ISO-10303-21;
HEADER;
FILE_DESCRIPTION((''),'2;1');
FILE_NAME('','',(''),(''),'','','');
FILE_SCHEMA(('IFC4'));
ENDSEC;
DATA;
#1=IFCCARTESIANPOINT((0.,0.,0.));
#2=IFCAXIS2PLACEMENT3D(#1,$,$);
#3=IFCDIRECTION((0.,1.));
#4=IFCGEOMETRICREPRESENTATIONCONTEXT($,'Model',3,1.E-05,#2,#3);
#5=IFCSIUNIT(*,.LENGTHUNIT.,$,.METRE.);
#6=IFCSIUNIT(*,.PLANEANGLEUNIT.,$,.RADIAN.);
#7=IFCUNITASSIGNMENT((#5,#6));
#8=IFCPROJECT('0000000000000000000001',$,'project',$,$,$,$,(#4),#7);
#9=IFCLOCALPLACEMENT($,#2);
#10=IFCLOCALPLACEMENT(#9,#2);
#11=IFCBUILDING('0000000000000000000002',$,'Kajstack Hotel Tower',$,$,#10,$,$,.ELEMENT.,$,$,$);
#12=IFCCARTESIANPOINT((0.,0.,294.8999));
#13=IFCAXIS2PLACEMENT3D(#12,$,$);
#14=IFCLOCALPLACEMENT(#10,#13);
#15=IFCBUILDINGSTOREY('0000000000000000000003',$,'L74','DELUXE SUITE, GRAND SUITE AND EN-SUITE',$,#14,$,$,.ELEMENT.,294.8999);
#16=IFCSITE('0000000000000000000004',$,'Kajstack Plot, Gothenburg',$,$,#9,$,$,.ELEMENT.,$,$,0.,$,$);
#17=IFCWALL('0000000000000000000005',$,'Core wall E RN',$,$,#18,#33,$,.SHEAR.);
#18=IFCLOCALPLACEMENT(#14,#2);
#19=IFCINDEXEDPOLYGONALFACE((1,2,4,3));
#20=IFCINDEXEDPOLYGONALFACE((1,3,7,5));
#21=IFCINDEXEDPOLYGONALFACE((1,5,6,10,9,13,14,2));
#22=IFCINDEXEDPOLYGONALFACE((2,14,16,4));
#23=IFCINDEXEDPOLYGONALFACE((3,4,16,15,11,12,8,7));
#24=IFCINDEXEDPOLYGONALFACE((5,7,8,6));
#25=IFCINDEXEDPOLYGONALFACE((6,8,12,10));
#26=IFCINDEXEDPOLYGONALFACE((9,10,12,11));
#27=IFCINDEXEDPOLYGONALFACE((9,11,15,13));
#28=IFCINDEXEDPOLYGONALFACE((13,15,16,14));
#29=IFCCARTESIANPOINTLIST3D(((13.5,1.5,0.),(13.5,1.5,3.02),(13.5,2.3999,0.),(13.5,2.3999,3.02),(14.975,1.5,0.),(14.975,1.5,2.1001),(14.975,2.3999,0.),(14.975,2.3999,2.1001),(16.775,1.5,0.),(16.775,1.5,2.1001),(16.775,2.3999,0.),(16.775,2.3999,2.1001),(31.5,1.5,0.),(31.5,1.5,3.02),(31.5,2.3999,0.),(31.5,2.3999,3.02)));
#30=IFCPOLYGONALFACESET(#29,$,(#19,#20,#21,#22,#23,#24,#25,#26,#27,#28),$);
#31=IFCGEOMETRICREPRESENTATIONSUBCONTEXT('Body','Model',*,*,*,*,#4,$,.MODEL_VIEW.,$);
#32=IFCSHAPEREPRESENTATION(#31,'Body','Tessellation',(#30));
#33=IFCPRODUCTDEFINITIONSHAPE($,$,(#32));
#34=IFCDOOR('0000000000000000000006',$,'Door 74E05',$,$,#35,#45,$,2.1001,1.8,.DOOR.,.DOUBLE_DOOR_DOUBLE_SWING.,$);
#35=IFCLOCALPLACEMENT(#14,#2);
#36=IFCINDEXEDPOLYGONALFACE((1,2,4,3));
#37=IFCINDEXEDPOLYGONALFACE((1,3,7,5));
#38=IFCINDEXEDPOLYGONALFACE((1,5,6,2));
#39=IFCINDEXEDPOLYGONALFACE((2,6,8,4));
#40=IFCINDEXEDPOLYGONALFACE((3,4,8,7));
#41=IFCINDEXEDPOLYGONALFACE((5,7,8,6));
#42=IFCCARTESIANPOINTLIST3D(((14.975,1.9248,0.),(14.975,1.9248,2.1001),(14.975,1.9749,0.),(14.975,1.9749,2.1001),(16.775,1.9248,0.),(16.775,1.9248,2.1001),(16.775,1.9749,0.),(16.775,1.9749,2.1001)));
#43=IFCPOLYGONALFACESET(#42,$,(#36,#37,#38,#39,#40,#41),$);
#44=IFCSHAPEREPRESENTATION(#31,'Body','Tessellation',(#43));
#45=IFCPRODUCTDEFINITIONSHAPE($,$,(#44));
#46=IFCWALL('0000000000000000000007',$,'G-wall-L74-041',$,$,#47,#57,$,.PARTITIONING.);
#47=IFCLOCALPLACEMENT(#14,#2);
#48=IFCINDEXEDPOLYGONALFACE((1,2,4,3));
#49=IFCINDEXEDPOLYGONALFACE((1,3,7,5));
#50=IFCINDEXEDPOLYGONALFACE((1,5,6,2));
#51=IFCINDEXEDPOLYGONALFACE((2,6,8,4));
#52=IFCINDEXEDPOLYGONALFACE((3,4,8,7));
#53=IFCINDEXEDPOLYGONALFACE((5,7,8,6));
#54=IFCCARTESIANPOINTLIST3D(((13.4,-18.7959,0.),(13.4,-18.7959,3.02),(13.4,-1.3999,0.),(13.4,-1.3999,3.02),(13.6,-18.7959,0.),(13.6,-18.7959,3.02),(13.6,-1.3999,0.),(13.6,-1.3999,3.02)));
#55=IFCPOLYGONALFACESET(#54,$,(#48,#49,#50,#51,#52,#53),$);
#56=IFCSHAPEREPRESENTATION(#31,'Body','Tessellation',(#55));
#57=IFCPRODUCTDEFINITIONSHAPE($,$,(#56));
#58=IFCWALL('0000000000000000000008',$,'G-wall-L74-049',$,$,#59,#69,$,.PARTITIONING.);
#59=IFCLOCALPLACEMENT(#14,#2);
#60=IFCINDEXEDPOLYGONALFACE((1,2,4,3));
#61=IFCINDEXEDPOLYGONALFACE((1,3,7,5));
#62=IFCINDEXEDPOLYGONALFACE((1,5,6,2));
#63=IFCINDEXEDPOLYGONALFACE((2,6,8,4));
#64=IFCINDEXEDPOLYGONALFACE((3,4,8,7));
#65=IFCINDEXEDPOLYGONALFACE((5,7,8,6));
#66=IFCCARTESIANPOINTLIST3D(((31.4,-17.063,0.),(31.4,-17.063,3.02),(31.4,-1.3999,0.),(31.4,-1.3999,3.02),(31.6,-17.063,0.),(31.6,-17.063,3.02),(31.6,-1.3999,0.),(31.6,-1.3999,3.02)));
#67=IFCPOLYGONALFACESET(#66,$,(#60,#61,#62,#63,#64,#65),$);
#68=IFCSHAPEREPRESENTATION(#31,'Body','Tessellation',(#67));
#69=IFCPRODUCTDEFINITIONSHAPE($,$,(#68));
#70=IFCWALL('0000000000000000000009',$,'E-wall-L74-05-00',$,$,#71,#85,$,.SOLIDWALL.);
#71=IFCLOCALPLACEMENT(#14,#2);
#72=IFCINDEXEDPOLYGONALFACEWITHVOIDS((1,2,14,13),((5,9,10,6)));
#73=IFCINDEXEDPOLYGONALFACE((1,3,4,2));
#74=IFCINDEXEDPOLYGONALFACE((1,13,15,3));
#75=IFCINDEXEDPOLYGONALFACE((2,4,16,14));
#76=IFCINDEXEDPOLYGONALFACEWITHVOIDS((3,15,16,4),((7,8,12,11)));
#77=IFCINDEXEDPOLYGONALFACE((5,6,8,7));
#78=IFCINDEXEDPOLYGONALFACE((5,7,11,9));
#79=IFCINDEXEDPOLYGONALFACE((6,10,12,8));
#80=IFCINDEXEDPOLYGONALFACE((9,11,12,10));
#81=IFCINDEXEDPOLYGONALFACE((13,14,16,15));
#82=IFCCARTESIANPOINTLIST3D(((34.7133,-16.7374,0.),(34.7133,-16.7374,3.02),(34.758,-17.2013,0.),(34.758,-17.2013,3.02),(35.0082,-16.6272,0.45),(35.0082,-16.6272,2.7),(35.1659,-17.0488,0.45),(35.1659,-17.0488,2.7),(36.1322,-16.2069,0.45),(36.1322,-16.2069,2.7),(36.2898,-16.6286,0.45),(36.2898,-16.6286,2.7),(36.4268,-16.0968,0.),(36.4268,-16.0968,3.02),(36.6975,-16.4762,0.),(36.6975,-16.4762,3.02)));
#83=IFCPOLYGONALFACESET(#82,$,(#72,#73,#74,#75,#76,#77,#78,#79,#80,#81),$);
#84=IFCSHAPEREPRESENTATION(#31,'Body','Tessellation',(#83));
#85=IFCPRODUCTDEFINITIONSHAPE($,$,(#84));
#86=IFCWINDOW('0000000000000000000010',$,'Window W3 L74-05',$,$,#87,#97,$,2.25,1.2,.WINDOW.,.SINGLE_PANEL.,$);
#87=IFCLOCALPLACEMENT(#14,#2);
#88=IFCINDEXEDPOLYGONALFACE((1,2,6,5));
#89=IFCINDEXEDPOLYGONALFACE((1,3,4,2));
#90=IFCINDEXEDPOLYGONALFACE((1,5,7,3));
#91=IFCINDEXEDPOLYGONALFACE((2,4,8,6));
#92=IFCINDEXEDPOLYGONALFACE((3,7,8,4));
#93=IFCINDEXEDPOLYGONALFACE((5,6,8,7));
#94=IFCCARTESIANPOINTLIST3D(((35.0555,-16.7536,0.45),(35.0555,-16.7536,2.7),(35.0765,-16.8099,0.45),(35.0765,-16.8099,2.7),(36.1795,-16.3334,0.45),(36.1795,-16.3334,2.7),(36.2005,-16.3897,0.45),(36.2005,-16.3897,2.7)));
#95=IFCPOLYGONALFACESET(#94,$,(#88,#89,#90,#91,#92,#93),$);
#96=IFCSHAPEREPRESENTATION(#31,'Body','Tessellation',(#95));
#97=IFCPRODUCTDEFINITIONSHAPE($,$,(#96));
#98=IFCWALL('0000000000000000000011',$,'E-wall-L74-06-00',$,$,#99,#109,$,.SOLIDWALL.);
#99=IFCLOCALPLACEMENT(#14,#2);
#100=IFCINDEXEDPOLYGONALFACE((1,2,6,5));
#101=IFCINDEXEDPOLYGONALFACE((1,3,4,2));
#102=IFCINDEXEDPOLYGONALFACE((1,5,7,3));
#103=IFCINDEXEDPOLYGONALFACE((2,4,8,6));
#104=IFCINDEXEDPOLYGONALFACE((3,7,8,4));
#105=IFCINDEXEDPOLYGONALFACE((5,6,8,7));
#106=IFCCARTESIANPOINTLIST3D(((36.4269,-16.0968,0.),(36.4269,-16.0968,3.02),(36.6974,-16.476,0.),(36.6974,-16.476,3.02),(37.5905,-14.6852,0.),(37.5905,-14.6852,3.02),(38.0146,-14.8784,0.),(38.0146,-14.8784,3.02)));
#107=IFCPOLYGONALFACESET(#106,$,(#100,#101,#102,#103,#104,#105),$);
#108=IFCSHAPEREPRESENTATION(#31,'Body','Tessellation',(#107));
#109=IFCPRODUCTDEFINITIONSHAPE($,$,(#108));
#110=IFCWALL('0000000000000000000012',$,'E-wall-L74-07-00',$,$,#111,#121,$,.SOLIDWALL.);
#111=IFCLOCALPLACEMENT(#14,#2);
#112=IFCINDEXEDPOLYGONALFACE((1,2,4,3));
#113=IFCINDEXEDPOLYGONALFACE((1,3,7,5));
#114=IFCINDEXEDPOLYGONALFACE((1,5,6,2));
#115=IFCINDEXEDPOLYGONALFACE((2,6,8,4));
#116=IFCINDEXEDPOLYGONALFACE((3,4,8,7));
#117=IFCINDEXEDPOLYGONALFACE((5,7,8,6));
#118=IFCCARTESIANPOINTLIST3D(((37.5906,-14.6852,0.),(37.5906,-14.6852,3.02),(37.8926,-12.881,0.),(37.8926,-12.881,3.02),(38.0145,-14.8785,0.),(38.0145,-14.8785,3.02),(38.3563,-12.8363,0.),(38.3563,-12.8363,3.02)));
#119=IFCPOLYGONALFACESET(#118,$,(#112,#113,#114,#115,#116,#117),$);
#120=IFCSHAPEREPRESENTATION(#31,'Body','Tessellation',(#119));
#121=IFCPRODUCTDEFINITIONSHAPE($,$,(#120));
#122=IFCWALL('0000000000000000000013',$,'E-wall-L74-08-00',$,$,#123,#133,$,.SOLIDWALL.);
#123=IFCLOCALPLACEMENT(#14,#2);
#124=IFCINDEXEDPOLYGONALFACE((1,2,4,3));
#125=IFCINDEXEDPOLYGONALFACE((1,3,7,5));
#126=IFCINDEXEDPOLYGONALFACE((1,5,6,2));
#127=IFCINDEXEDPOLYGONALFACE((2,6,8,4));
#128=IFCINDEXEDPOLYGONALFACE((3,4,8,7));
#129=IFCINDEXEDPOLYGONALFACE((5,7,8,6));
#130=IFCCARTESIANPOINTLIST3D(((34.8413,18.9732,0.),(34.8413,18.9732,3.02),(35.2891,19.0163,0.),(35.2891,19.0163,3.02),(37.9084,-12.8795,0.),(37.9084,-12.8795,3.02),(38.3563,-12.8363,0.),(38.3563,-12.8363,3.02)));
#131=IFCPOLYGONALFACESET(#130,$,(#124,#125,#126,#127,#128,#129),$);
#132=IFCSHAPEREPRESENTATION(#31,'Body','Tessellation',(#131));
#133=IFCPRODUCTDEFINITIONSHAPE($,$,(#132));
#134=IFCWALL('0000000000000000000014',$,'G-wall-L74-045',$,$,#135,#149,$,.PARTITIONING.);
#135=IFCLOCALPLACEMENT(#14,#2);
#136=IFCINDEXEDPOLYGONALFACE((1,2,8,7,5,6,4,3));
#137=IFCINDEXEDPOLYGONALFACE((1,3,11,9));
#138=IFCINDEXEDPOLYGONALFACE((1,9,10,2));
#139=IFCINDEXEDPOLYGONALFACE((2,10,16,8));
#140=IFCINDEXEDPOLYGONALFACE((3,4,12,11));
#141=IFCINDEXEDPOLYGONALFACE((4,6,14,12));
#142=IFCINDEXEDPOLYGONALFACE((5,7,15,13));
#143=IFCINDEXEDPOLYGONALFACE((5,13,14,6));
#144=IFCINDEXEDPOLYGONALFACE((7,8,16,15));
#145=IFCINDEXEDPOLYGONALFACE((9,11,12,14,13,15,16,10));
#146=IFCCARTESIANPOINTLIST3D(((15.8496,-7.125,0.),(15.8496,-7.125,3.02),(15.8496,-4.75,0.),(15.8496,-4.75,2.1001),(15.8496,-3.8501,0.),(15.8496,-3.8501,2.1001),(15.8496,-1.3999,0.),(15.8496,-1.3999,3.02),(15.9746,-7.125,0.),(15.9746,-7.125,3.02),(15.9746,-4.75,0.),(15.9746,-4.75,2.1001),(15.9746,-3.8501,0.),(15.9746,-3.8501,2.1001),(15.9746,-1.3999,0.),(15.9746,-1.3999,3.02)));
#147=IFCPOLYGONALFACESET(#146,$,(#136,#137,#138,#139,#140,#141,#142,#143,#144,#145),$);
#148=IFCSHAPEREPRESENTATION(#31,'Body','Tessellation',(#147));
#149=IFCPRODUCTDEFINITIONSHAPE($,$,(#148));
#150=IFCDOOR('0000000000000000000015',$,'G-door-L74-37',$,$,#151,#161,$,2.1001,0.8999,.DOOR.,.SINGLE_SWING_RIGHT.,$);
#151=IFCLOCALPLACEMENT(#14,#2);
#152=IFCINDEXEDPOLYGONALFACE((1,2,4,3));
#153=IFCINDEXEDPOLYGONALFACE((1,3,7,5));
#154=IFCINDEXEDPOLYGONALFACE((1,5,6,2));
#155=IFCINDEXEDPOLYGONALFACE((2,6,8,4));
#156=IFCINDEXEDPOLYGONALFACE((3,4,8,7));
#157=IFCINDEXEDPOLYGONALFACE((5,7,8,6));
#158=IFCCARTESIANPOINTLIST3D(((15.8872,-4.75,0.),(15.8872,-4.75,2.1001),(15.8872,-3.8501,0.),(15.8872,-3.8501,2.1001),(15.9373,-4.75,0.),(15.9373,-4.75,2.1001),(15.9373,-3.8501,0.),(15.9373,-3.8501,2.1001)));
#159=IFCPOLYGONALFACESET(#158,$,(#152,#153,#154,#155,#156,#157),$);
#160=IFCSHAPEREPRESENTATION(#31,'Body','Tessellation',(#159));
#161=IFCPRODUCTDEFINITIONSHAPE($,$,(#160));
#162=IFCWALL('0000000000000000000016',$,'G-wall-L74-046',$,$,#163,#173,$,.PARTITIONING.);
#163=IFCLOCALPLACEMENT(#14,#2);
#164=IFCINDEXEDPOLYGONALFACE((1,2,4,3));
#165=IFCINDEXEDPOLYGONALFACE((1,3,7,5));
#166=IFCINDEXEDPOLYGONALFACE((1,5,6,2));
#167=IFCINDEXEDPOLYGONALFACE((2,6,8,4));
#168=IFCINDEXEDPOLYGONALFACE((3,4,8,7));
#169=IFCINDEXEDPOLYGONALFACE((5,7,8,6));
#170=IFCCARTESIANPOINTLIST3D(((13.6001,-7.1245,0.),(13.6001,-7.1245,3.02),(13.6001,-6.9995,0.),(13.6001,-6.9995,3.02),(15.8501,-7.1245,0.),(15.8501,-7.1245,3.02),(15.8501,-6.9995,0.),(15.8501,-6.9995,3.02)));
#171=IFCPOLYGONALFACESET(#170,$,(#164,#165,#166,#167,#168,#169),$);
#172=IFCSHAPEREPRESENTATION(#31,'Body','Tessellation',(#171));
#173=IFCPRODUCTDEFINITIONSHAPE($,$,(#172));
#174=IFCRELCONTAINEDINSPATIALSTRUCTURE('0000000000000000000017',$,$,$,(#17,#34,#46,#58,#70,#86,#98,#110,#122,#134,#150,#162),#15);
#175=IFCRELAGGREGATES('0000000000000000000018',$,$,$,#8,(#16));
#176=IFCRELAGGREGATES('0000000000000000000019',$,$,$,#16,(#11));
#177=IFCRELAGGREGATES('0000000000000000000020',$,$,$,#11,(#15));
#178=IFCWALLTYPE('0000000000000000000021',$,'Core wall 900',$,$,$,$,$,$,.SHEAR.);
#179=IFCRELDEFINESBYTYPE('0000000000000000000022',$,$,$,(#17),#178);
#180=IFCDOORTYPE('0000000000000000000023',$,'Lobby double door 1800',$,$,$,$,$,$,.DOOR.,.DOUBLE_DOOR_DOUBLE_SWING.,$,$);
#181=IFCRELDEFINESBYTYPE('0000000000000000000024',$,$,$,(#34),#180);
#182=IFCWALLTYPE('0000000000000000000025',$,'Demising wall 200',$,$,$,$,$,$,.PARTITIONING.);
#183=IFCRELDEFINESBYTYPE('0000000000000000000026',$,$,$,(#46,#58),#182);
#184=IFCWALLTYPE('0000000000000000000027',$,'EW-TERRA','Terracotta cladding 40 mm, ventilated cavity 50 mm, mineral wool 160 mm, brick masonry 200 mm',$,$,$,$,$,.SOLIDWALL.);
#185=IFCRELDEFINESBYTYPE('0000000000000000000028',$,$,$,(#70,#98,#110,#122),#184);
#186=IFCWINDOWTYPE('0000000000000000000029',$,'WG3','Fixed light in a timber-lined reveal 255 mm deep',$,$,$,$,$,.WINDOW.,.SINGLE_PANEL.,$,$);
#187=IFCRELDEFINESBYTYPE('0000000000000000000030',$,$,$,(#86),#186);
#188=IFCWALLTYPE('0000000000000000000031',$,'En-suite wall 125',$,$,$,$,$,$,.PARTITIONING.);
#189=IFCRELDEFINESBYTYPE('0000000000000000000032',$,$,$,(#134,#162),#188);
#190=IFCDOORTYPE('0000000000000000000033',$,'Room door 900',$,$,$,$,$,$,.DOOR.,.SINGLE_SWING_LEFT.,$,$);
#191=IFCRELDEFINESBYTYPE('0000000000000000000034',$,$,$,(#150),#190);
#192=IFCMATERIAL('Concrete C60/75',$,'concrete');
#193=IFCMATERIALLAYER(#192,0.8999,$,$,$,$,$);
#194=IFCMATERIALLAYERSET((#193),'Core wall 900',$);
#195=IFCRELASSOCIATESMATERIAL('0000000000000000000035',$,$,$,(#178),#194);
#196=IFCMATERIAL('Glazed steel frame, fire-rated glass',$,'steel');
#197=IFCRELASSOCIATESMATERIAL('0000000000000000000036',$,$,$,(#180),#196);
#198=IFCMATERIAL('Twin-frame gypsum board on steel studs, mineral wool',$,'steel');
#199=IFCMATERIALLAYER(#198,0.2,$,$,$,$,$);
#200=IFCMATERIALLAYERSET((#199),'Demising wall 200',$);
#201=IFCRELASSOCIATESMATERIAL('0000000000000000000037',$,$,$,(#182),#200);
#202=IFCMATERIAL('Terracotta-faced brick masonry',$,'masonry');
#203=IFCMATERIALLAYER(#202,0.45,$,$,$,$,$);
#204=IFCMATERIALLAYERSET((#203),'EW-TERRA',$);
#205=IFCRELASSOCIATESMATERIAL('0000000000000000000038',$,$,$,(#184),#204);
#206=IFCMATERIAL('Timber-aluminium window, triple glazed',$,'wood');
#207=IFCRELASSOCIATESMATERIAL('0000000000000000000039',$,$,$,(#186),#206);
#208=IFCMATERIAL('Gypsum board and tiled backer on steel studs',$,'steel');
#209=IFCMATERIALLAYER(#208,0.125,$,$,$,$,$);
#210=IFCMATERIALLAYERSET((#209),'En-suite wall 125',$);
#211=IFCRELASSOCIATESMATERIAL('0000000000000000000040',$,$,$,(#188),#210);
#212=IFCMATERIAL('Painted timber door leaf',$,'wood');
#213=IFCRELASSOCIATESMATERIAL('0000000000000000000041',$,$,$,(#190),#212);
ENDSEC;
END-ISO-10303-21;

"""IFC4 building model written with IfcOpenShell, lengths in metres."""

from ifc_helpers import new_model, si_unit, direction, frame, frame_2d, origin, place, context, subcontext, project, spatial, polyline, rectangle, outline, extrude, material, layer, layer_set, type_object, element, fill, save


model = new_model("IFC4")

# Units and contexts
model_context = context("Model", 3, precision=1e-05, world=origin(), true_north=direction((0.0, 1.0)))
body_context = subcontext(model_context, "Body", "Model", "MODEL_VIEW")
ifc_project = project(units=[si_unit("LENGTHUNIT", "METRE"), si_unit("PLANEANGLEUNIT", "RADIAN")], contexts=[model_context])

# Site, building, storey
site_placement = place(None, origin())
site = spatial("IfcSite", under=ifc_project, at=site_placement, Name="Kajstack Plot, Gothenburg", CompositionType="ELEMENT", RefElevation=0.0)
building_placement = place(site_placement, origin())
building = spatial("IfcBuilding", under=site, at=building_placement, Name="Kajstack Hotel Tower", CompositionType="ELEMENT")
storey_placement = place(building_placement, frame((0.0, 0.0, 294.8999)))
storey = spatial("IfcBuildingStorey", under=building, at=storey_placement, Name="L74", Description="DELUXE SUITE, GRAND SUITE AND EN-SUITE", CompositionType="ELEMENT", Elevation=294.8999)

# Wall, opening, door
ifc_material_1 = material(Name="Concrete C60/75", Category="concrete")
ifc_layer_1 = layer(ifc_material_1, 0.8999)
ifc_layer_set_1 = layer_set([ifc_layer_1], Name="Core wall 900")
wall_type_1 = type_object("IfcWallType", Name="Core wall 900", PredefinedType="SHEAR", material=ifc_layer_set_1)
wall_1_placement = place(storey_placement, frame((13.5, 1.95, 0.0), z_axis=(0.0, 0.0, 1.0), x_axis=(1.0, 0.0, 0.0)))
wall_1 = element("IfcWall", 1, at=wall_1_placement, inside=storey, type_object=wall_type_1, Name="Core wall E RN", PredefinedType="SHEAR", context=body_context, shape_type="SweptSolid", body=[
    extrude(rectangle(XDim=18.0, YDim=0.8999, at=frame_2d((9.0, 0.0))), origin(), (0.0, 0.0, 1.0), 3.02),
])
opening_1_placement = place(wall_1_placement, frame((1.4751, 0.0, 0.0)))
opening_1 = element("IfcOpeningElement", 2, at=opening_1_placement, cuts=wall_1, PredefinedType="OPENING", context=body_context, shape_type="SweptSolid", body=[
    extrude(rectangle(XDim=1.8, YDim=2.1001, at=frame_2d((0.8999, 1.05))), frame((0.0, 0.46, 0.0), z_axis=(0.0, -1.0, 0.0), x_axis=(1.0, 0.0, 0.0)), (0.0, 0.0, 1.0), 0.9199),
])
ifc_material_2 = material(Name="Glazed steel frame, fire-rated glass", Category="steel")
door_type_1 = type_object("IfcDoorType", Name="Lobby double door 1800", OperationType="DOUBLE_DOOR_DOUBLE_SWING", PredefinedType="DOOR", material=ifc_material_2)
door_1_placement = place(opening_1_placement, origin())
door_1 = element("IfcDoor", 3, at=door_1_placement, inside=storey, type_object=door_type_1, Name="Door 74E05", OperationType="DOUBLE_DOOR_DOUBLE_SWING", OverallHeight=2.1001, OverallWidth=1.8, PredefinedType="DOOR", context=body_context, shape_type="SweptSolid", body=[
    extrude(rectangle(XDim=1.8, YDim=2.1001, at=frame_2d((0.8999, 1.05))), frame((0.0, 0.0249, 0.0), z_axis=(0.0, -1.0, 0.0), x_axis=(1.0, 0.0, 0.0)), (0.0, 0.0, 1.0), 0.05),
])
fill(opening_1, door_1)

# Walls
ifc_material_3 = material(Name="Twin-frame gypsum board on steel studs, mineral wool", Category="steel")
ifc_layer_2 = layer(ifc_material_3, 0.2)
ifc_layer_set_2 = layer_set([ifc_layer_2], Name="Demising wall 200")
wall_type_2 = type_object("IfcWallType", Name="Demising wall 200", PredefinedType="PARTITIONING", material=ifc_layer_set_2)
wall_2_placement = place(storey_placement, frame((13.5, -18.7959, 0.0), z_axis=(0.0, 0.0, 1.0), x_axis=(0.0, 1.0, 0.0)))
element("IfcWall", 4, at=wall_2_placement, inside=storey, type_object=wall_type_2, Name="G-wall-L74-041", PredefinedType="PARTITIONING", context=body_context, shape_type="SweptSolid", body=[
    extrude(rectangle(XDim=17.396, YDim=0.2, at=frame_2d((8.698, 0.0))), origin(), (0.0, 0.0, 1.0), 3.02),
])
wall_3_placement = place(storey_placement, frame((31.5, -17.063, 0.0), z_axis=(0.0, 0.0, 1.0), x_axis=(0.0, 1.0, 0.0)))
element("IfcWall", 5, at=wall_3_placement, inside=storey, type_object=wall_type_2, Name="G-wall-L74-049", PredefinedType="PARTITIONING", context=body_context, shape_type="SweptSolid", body=[
    extrude(rectangle(XDim=15.6631, YDim=0.2, at=frame_2d((7.8315, 0.0))), origin(), (0.0, 0.0, 1.0), 3.02),
])

# Wall, opening, window
ifc_material_4 = material(Name="Terracotta-faced brick masonry", Category="masonry")
ifc_layer_3 = layer(ifc_material_4, 0.45)
ifc_layer_set_3 = layer_set([ifc_layer_3], Name="EW-TERRA")
wall_type_3 = type_object("IfcWallType", Name="EW-TERRA", Description="Terracotta cladding 40 mm, ventilated cavity 50 mm, mineral wool 160 mm, brick masonry 200 mm", PredefinedType="SOLIDWALL", material=ifc_layer_set_3)
wall_4_placement = place(storey_placement, frame((34.6792, -16.9905, 0.0), z_axis=(0.0, 0.0, 1.0), x_axis=(0.936678, 0.350193, 0.0)))
wall_4 = element("IfcWall", 6, at=wall_4_placement, inside=storey, type_object=wall_type_3, Name="E-wall-L74-05-00", PredefinedType="SOLIDWALL", context=body_context, shape_type="SweptSolid", body=[
    extrude(outline(polyline([(0.0, -0.2251), (2.0706, -0.2251), (1.95, 0.2251), (0.1206, 0.2251), (0.0, -0.2251)])), origin(), (0.0, 0.0, 1.0), 3.02),
])
opening_2_placement = place(wall_4_placement, frame((0.4353, 0.0, 0.45)))
opening_2 = element("IfcOpeningElement", 7, at=opening_2_placement, cuts=wall_4, PredefinedType="OPENING", context=body_context, shape_type="SweptSolid", body=[
    extrude(rectangle(XDim=1.2, YDim=2.25, at=frame_2d((0.6001, 1.125))), frame((0.0, 0.2349, 0.0), z_axis=(0.0, -1.0, 0.0), x_axis=(1.0, 0.0, 0.0)), (0.0, 0.0, 1.0), 0.47),
])
ifc_material_5 = material(Name="Timber-aluminium window, triple glazed", Category="wood")
window_type = type_object("IfcWindowType", Name="WG3", Description="Fixed light in a timber-lined reveal 255 mm deep", PartitioningType="SINGLE_PANEL", PredefinedType="WINDOW", material=ifc_material_5)
window_placement = place(opening_2_placement, origin())
window = element("IfcWindow", 8, at=window_placement, inside=storey, type_object=window_type, Name="Window W3 L74-05", OverallHeight=2.25, OverallWidth=1.2, PartitioningType="SINGLE_PANEL", PredefinedType="WINDOW", context=body_context, shape_type="SweptSolid", body=[
    extrude(rectangle(XDim=1.2, YDim=2.25, at=frame_2d((0.6001, 1.125))), frame((0.0, 0.0901, 0.0), z_axis=(0.0, -1.0, 0.0), x_axis=(1.0, 0.0, 0.0)), (0.0, 0.0, 1.0), 0.0601),
])
fill(opening_2, window)

# Walls
wall_5_placement = place(storey_placement, frame((36.5239, -16.333, 0.0), z_axis=(0.0, 0.0, 1.0), x_axis=(0.636046, 0.771651, 0.0)))
element("IfcWall", 9, at=wall_5_placement, inside=storey, type_object=wall_type_3, Name="E-wall-L74-06-00", PredefinedType="SOLIDWALL", context=body_context, shape_type="SweptSolid", body=[
    extrude(outline(polyline([(0.0, -0.2249), (2.0706, -0.2251), (1.95, 0.2251), (0.1206, 0.2251), (0.0, -0.2249)])), origin(), (0.0, 0.0, 1.0), 3.02),
])
wall_6_placement = place(storey_placement, frame((37.7925, -14.8413, 0.0), z_axis=(0.0, 0.0, 1.0), x_axis=(0.165068, 0.986282, 0.0)))
element("IfcWall", 10, at=wall_6_placement, inside=storey, type_object=wall_type_3, Name="E-wall-L74-07-00", PredefinedType="SOLIDWALL", context=body_context, shape_type="SweptSolid", body=[
    extrude(outline(polyline([(0.0, -0.2251), (2.0706, -0.2251), (1.95, 0.2249), (0.1206, 0.2249), (0.0, -0.2251)])), origin(), (0.0, 0.0, 1.0), 3.02),
])
wall_7_placement = place(storey_placement, frame((38.1323, -12.8579, 0.0), z_axis=(0.0, 0.0, 1.0), x_axis=(-0.095848, 0.995396, 0.0)))
element("IfcWall", 11, at=wall_7_placement, inside=storey, type_object=wall_type_3, Name="E-wall-L74-08-00", PredefinedType="SOLIDWALL", context=body_context, shape_type="SweptSolid", body=[
    extrude(rectangle(XDim=32.0, YDim=0.45, at=frame_2d((16.0, 0.0))), origin(), (0.0, 0.0, 1.0), 3.02),
])

# Wall, opening, door
ifc_material_6 = material(Name="Gypsum board and tiled backer on steel studs", Category="steel")
ifc_layer_4 = layer(ifc_material_6, 0.125)
ifc_layer_set_4 = layer_set([ifc_layer_4], Name="En-suite wall 125")
wall_type_4 = type_object("IfcWallType", Name="En-suite wall 125", PredefinedType="PARTITIONING", material=ifc_layer_set_4)
wall_8_placement = place(storey_placement, frame((15.9121, -7.125, 0.0), z_axis=(0.0, 0.0, 1.0), x_axis=(0.0, 1.0, 0.0)))
wall_8 = element("IfcWall", 12, at=wall_8_placement, inside=storey, type_object=wall_type_4, Name="G-wall-L74-045", PredefinedType="PARTITIONING", context=body_context, shape_type="SweptSolid", body=[
    extrude(rectangle(XDim=5.7251, YDim=0.125, at=frame_2d((2.8625, 0.0))), origin(), (0.0, 0.0, 1.0), 3.02),
])
opening_3_placement = place(wall_8_placement, frame((2.375, 0.0, 0.0)))
opening_3 = element("IfcOpeningElement", 13, at=opening_3_placement, cuts=wall_8, PredefinedType="OPENING", context=body_context, shape_type="SweptSolid", body=[
    extrude(rectangle(XDim=0.8999, YDim=2.1001, at=frame_2d((0.45, 1.05))), frame((0.0, 0.0725, 0.0), z_axis=(0.0, -1.0, 0.0), x_axis=(1.0, 0.0, 0.0)), (0.0, 0.0, 1.0), 0.145),
])
ifc_material_7 = material(Name="Painted timber door leaf", Category="wood")
door_type_2 = type_object("IfcDoorType", Name="Room door 900", OperationType="SINGLE_SWING_LEFT", PredefinedType="DOOR", material=ifc_material_7)
door_2_placement = place(opening_3_placement, origin())
door_2 = element("IfcDoor", 14, at=door_2_placement, inside=storey, type_object=door_type_2, Name="G-door-L74-37", OperationType="SINGLE_SWING_RIGHT", OverallHeight=2.1001, OverallWidth=0.8999, PredefinedType="DOOR", context=body_context, shape_type="SweptSolid", body=[
    extrude(rectangle(XDim=0.8999, YDim=2.1001, at=frame_2d((0.45, 1.05))), frame((0.0, 0.0249, 0.0), z_axis=(0.0, -1.0, 0.0), x_axis=(1.0, 0.0, 0.0)), (0.0, 0.0, 1.0), 0.05),
])
fill(opening_3, door_2)

# Wall
wall_9_placement = place(storey_placement, frame((13.6001, -7.062, 0.0), z_axis=(0.0, 0.0, 1.0), x_axis=(1.0, 0.0, 0.0)))
element("IfcWall", 15, at=wall_9_placement, inside=storey, type_object=wall_type_4, Name="G-wall-L74-046", PredefinedType="PARTITIONING", context=body_context, shape_type="SweptSolid", body=[
    extrude(rectangle(XDim=2.25, YDim=0.125, at=frame_2d((1.125, 0.0))), origin(), (0.0, 0.0, 1.0), 3.02),
])

save(model, "model.ifc")
